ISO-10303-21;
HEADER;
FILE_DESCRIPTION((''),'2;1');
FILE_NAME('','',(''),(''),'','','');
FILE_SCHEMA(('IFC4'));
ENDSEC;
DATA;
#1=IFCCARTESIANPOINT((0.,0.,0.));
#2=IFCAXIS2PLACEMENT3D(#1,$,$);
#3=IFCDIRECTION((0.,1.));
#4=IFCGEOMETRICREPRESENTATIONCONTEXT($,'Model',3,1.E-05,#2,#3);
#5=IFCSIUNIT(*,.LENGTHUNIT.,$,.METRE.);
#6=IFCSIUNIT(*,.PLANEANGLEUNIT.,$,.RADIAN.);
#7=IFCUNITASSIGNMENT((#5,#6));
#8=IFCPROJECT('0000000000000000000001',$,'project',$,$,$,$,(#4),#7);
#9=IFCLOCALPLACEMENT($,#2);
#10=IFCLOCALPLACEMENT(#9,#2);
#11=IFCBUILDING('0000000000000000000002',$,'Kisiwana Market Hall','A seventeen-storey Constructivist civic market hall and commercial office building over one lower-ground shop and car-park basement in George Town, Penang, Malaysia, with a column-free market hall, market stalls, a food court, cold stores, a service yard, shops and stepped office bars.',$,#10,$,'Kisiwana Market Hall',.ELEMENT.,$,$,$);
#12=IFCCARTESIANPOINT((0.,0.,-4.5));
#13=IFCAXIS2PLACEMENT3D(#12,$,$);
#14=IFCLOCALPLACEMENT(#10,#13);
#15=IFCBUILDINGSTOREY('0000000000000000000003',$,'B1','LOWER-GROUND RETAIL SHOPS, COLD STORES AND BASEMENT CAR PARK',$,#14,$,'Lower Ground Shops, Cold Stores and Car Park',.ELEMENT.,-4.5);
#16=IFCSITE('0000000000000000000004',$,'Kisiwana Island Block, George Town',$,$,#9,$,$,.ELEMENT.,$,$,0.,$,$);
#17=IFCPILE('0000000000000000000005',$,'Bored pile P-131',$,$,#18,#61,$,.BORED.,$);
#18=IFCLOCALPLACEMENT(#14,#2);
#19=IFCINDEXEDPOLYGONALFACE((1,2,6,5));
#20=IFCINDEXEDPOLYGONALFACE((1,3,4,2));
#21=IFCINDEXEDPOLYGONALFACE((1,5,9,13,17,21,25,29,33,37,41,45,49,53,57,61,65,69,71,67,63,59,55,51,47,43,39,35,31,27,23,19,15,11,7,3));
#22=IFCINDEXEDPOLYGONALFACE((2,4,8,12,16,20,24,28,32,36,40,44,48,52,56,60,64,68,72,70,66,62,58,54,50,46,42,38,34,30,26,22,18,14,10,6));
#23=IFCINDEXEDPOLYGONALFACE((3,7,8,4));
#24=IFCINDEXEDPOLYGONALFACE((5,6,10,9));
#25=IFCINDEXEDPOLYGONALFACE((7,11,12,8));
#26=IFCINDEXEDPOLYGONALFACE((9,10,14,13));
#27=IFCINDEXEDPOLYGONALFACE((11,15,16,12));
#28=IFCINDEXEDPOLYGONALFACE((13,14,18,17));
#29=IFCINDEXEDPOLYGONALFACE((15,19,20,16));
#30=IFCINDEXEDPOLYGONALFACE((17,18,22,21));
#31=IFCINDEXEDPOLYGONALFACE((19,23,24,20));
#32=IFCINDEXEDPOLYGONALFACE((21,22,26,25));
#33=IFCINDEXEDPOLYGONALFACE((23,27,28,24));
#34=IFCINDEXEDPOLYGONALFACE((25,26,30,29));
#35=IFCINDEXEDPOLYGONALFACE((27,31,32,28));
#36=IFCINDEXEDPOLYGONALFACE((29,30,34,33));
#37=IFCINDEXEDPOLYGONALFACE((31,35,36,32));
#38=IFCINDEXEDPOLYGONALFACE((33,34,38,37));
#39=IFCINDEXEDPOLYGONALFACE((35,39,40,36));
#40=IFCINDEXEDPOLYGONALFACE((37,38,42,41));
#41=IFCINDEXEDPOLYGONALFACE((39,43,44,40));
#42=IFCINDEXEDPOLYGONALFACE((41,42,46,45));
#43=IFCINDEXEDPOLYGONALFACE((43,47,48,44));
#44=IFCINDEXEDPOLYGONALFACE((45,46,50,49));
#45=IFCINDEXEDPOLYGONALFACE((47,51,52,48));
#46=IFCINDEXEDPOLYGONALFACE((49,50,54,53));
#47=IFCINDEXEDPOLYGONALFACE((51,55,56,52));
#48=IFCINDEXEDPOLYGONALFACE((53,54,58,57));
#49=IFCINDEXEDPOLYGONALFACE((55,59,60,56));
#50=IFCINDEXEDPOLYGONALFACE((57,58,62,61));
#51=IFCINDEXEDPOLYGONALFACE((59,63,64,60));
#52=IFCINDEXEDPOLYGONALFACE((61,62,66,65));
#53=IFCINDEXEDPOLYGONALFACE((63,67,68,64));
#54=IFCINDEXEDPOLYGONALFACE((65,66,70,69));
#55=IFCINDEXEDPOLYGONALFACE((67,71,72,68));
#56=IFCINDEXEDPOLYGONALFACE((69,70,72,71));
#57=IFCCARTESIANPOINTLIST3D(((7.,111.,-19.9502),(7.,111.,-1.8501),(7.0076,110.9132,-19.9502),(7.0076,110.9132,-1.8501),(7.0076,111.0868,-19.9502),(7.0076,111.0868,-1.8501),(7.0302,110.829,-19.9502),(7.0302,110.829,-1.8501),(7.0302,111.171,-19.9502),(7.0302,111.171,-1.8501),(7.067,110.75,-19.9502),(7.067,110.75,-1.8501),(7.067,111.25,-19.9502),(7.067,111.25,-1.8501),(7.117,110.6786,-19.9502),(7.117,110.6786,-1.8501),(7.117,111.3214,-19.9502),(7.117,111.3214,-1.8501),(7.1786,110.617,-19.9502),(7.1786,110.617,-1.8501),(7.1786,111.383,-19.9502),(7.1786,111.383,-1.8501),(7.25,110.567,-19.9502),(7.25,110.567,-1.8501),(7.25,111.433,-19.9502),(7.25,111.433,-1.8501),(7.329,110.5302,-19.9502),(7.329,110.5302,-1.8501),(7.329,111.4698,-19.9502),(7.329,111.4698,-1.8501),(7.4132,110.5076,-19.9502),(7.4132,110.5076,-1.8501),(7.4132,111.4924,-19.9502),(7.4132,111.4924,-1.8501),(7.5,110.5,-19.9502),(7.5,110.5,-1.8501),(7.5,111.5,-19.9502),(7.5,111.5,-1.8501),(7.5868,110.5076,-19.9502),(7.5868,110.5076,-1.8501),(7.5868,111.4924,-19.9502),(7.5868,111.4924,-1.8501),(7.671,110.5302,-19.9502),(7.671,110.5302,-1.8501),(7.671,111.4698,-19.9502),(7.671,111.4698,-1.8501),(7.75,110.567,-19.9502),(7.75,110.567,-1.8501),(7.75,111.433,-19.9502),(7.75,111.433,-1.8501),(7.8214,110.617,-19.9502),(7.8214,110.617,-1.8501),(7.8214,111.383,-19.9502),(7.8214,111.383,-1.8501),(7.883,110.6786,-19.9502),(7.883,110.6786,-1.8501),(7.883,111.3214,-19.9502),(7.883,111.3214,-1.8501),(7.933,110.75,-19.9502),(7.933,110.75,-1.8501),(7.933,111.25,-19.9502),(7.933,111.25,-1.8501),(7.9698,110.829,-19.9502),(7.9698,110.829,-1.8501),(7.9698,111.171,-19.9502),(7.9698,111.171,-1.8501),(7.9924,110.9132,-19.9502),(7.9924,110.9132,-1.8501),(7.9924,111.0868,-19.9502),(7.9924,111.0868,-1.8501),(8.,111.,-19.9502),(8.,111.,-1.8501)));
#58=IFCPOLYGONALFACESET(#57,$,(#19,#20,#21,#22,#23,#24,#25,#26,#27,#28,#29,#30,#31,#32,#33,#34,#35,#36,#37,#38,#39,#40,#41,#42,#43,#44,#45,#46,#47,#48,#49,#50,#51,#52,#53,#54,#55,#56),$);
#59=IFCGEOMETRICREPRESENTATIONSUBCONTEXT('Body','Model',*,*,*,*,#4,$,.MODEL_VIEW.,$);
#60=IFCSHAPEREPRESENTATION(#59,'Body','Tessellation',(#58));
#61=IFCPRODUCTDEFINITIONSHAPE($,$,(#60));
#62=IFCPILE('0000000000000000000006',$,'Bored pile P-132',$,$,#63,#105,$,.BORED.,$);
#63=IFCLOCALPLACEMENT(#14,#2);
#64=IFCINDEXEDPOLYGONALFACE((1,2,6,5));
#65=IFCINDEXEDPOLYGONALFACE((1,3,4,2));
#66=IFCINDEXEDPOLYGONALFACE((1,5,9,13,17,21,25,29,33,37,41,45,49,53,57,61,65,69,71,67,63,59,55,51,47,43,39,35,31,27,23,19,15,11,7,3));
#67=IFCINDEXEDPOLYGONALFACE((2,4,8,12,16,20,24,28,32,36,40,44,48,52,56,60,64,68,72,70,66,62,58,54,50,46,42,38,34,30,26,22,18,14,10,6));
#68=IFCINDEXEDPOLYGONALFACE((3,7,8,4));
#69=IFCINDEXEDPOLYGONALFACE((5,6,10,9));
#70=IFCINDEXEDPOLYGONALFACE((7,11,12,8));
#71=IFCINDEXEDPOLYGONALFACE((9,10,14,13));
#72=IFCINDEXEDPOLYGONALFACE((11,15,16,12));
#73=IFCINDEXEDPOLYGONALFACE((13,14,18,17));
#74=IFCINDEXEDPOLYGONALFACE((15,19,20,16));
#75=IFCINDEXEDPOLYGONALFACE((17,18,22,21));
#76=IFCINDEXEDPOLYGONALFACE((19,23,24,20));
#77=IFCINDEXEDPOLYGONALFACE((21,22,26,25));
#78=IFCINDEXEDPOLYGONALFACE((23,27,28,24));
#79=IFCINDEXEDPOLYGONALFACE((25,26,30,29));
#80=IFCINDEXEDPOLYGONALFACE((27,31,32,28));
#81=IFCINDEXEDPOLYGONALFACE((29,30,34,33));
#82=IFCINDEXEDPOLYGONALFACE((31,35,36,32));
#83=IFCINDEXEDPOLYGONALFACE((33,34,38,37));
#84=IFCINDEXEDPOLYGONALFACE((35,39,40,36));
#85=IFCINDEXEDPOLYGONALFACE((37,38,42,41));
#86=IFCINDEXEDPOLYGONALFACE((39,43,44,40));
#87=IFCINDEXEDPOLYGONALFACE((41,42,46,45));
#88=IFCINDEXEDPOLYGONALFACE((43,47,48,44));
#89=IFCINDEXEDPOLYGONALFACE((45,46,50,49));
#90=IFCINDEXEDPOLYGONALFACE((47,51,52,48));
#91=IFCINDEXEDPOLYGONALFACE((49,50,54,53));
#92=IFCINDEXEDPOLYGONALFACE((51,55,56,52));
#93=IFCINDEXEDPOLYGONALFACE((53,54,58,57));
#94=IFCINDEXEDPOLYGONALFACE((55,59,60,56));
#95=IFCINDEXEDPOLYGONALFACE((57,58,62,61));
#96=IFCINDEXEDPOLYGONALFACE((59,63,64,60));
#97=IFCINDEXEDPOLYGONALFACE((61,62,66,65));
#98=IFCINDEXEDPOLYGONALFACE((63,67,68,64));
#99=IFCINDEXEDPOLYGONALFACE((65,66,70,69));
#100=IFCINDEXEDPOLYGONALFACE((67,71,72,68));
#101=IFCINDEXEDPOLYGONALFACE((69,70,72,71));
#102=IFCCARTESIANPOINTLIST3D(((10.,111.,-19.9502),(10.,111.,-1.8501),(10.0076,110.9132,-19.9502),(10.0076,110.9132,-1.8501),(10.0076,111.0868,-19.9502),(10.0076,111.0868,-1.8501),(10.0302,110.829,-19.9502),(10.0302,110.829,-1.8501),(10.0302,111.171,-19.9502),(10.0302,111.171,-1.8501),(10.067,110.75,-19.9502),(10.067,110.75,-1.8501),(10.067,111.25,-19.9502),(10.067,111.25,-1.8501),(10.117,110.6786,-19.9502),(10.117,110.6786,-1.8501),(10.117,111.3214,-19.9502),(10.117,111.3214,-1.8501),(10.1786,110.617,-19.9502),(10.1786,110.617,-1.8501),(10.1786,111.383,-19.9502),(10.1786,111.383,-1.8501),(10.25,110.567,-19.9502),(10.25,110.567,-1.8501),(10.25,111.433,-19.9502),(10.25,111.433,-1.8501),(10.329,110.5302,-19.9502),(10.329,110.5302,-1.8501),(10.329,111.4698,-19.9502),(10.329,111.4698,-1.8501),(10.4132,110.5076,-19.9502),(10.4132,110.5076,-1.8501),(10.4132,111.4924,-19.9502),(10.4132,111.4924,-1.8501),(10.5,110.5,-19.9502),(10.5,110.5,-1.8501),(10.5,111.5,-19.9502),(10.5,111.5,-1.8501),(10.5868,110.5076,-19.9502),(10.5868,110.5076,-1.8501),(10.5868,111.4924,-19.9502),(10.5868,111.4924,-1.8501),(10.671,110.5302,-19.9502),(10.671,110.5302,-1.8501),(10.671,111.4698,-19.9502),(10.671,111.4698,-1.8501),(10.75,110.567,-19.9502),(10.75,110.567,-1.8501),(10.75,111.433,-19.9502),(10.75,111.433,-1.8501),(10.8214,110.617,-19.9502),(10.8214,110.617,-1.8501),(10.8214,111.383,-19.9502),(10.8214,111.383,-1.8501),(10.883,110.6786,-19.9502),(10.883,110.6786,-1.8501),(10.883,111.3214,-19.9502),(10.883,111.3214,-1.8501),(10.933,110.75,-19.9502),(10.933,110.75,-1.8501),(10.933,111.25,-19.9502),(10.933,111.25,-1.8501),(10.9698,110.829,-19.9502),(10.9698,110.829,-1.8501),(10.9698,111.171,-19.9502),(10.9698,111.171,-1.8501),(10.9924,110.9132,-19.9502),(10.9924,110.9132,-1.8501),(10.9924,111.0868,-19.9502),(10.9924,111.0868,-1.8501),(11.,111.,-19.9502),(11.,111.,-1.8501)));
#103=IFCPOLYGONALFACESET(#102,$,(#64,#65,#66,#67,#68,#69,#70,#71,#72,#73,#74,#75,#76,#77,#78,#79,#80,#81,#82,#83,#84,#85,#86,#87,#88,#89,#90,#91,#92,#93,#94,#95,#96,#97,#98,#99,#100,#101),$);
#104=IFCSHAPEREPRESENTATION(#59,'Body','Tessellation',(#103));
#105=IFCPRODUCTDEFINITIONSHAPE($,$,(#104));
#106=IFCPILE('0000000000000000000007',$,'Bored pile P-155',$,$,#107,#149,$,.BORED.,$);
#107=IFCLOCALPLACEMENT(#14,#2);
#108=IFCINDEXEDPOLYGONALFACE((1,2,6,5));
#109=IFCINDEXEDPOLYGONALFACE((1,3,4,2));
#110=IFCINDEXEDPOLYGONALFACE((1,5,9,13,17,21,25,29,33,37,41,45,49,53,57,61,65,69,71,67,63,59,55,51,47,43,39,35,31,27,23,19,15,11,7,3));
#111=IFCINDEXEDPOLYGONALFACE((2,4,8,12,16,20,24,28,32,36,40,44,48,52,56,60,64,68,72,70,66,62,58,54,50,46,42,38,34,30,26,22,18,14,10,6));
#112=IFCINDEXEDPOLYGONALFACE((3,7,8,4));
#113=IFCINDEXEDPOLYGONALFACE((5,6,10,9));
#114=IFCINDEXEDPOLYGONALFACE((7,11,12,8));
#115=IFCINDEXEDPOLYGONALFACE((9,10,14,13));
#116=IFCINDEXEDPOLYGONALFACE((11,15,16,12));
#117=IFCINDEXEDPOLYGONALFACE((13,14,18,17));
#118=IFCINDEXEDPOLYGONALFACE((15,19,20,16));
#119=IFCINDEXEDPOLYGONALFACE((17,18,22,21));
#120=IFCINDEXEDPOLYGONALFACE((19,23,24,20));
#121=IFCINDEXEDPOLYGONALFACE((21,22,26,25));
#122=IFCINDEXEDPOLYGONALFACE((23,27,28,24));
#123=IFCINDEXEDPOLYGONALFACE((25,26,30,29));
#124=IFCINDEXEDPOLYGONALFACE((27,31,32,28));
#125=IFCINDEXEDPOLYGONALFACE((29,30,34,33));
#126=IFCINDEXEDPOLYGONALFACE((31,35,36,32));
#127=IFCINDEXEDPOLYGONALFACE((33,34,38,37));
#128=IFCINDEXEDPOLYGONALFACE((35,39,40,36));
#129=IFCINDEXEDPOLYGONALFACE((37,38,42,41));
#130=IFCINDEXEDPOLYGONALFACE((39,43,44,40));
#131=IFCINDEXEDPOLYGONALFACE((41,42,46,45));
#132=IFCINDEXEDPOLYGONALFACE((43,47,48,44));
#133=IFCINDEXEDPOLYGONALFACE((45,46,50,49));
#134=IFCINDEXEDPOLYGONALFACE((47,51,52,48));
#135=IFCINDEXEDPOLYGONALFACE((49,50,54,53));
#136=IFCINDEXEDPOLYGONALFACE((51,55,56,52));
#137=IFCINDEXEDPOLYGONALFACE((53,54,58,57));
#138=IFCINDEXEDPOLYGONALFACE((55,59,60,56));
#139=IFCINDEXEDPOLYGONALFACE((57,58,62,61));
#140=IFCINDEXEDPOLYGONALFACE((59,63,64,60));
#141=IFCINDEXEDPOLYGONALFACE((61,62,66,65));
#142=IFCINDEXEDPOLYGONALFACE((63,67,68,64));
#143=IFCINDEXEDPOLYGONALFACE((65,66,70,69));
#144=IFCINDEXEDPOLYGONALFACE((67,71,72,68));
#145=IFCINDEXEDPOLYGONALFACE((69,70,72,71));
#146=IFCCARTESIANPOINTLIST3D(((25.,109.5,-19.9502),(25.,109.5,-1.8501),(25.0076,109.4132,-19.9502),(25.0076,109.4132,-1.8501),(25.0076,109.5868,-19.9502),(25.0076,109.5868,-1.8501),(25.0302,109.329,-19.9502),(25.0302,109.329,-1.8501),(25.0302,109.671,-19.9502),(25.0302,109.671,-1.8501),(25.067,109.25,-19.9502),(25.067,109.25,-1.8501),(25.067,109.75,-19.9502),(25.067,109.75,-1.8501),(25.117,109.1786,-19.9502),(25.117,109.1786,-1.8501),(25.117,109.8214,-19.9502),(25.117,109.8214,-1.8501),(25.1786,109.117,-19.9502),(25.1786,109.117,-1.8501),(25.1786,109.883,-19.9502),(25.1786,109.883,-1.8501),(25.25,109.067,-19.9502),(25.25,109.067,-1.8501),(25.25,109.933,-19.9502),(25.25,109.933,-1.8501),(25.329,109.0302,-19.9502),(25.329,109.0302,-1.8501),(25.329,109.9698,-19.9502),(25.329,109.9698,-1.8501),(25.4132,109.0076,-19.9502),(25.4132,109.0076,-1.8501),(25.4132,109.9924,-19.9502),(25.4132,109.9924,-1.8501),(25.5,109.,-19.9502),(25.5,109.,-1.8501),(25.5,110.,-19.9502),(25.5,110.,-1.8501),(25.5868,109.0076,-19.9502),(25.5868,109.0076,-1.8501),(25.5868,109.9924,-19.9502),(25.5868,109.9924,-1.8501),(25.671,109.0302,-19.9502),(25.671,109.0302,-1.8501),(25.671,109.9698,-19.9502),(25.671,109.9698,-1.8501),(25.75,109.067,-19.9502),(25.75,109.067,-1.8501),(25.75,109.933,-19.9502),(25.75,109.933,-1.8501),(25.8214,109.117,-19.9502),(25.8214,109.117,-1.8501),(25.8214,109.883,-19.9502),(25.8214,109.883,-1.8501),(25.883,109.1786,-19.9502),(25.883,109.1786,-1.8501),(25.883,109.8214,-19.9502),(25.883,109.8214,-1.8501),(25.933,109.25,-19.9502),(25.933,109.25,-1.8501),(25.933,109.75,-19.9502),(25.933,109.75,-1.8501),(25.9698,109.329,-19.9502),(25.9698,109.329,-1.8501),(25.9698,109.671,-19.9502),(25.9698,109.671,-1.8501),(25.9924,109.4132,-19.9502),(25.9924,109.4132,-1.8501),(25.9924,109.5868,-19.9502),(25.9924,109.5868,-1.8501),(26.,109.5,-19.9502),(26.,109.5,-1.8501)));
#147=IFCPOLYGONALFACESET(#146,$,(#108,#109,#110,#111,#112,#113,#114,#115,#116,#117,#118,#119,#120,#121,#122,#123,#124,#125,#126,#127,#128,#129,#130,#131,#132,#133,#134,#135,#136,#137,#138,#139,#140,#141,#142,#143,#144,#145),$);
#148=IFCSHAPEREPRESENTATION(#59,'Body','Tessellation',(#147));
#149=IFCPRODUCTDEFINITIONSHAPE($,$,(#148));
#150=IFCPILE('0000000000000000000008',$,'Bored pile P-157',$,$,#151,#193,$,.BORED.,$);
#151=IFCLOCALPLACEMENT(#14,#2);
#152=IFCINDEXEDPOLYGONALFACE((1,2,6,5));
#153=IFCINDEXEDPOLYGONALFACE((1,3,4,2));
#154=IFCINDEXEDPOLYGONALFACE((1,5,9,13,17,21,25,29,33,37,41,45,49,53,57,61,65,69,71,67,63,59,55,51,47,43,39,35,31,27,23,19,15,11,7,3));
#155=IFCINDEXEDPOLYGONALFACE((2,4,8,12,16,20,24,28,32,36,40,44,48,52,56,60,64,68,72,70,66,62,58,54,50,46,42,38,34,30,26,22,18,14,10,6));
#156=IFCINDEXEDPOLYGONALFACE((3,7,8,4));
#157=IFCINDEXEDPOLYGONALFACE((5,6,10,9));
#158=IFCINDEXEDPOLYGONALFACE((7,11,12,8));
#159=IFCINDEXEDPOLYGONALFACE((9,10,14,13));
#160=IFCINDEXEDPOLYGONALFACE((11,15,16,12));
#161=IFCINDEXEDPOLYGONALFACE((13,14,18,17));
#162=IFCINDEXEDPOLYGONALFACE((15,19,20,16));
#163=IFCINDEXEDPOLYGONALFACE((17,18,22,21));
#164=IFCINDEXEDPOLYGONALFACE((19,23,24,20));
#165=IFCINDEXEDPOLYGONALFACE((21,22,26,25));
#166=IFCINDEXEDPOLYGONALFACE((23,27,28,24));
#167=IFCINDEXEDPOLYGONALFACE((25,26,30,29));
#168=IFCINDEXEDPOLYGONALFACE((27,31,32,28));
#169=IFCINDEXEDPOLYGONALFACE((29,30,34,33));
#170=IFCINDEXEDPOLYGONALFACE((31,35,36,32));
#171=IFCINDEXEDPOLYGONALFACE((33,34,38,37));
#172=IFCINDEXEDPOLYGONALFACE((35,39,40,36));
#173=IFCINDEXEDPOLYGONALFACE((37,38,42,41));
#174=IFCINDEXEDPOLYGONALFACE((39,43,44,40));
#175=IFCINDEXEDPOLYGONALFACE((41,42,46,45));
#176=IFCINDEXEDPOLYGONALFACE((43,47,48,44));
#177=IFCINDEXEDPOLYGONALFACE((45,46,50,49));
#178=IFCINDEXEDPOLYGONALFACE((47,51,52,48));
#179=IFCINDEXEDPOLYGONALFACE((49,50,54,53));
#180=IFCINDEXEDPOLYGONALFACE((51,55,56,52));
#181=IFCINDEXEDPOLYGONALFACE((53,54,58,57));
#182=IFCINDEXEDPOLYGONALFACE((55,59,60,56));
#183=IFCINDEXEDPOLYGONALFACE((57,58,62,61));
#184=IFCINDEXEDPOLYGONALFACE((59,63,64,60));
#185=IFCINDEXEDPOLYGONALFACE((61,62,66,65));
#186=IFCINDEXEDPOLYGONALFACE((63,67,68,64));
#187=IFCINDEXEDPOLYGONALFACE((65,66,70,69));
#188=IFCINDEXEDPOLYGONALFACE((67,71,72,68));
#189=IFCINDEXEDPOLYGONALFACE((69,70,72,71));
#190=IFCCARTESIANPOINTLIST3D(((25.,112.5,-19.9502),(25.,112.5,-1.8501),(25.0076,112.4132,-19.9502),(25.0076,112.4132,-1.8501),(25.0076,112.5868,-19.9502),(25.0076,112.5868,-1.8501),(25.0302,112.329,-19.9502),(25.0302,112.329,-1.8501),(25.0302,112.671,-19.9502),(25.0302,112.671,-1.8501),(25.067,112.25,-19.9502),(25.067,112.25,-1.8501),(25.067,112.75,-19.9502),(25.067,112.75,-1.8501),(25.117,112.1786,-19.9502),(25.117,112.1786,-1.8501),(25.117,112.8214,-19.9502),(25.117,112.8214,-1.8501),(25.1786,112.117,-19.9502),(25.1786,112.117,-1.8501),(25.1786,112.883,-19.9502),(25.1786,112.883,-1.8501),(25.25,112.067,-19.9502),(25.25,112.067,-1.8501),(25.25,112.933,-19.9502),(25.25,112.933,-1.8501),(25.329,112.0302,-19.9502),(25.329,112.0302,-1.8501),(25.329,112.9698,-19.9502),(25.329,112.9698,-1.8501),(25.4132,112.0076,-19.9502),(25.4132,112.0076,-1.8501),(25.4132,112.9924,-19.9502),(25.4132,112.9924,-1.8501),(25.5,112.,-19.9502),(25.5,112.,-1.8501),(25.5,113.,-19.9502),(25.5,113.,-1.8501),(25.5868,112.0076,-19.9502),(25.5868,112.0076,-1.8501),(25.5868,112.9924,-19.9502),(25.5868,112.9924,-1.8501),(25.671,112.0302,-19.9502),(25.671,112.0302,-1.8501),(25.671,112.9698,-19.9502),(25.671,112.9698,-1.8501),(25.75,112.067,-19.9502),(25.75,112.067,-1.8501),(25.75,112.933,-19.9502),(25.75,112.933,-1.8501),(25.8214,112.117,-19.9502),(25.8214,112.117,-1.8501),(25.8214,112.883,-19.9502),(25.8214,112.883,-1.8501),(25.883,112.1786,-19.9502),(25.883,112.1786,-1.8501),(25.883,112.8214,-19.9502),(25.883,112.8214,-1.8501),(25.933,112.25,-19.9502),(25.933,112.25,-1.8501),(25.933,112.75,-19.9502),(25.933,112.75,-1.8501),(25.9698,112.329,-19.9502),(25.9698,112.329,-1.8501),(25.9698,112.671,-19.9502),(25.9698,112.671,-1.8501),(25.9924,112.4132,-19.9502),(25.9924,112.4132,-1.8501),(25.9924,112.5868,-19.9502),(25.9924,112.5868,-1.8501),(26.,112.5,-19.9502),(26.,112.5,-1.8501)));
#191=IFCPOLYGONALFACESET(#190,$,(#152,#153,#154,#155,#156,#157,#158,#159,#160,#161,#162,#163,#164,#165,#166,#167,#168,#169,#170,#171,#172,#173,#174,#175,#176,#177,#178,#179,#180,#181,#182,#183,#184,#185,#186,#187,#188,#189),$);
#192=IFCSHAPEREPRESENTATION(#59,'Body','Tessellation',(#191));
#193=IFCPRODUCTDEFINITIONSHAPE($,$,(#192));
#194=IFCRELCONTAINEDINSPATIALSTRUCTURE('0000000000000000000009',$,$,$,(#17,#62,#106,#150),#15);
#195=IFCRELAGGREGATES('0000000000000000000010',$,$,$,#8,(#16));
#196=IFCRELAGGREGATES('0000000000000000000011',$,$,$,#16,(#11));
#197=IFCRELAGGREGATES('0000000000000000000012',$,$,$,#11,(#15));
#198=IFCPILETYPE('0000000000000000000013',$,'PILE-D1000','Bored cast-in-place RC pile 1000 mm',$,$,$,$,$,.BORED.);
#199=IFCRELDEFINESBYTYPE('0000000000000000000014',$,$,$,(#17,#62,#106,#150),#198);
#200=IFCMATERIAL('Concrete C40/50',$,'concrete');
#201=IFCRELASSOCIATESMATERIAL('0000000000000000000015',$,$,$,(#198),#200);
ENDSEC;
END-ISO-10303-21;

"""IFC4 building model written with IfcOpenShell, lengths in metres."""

from ifc_helpers import new_model, si_unit, direction, frame, origin, origin_2d, place, context, subcontext, project, spatial, circle, extrude, material, material_profile, profile_set, type_object, element, save


model = new_model("IFC4")

# Units and contexts
model_context = context("Model", 3, precision=1e-05, world=origin(), true_north=direction((0.0, 1.0)))
body_context = subcontext(model_context, "Body", "Model", "MODEL_VIEW")
ifc_project = project(units=[si_unit("LENGTHUNIT", "METRE"), si_unit("PLANEANGLEUNIT", "RADIAN")], contexts=[model_context])

# Site, building, storey
site_placement = place(None, origin())
site = spatial("IfcSite", under=ifc_project, at=site_placement, Name="Kisiwana Island Block, George Town", CompositionType="ELEMENT", RefElevation=0.0)
building_placement = place(site_placement, origin())
building = spatial("IfcBuilding", under=site, at=building_placement, Name="Kisiwana Market Hall", Description="A seventeen-storey Constructivist civic market hall and commercial office building over one lower-ground shop and car-park basement in George Town, Penang, Malaysia, with a column-free market hall, market stalls, a food court, cold stores, a service yard, shops and stepped office bars.", LongName="Kisiwana Market Hall", CompositionType="ELEMENT")
storey_placement = place(building_placement, frame((0.0, 0.0, -4.5)))
storey = spatial("IfcBuildingStorey", under=building, at=storey_placement, Name="B1", Description="LOWER-GROUND RETAIL SHOPS, COLD STORES AND BASEMENT CAR PARK", LongName="Lower Ground Shops, Cold Stores and Car Park", CompositionType="ELEMENT", Elevation=-4.5)

# Piles
ifc_material_1 = material(Name="Concrete C40/50", Category="concrete")
ifc_material_profile_1 = material_profile(ifc_material_1, circle(Radius=0.5, at=origin_2d()), Name="BP D1000")
ifc_profile_set_1 = profile_set([ifc_material_profile_1], Name="Concrete C40/50")
pile_type_1 = type_object("IfcPileType", Name="PILE-D1000", Description="Bored cast-in-place RC pile 1000 mm", PredefinedType="BORED", material=ifc_profile_set_1)
for number, where, z_axis, x_axis, name in (
    (1, (7.5, 111.0, -1.8501), (0.0, 0.0, -1.0), (1.0, 0.0, 0.0), "Bored pile P-131"),
    (2, (10.5, 111.0, -1.8501), (0.0, 0.0, -1.0), (1.0, 0.0, 0.0), "Bored pile P-132"),
    (3, (25.5, 109.5, -1.8501), (0.0, 0.0, -1.0), (1.0, 0.0, 0.0), "Bored pile P-155"),
    (4, (25.5, 112.5, -1.8501), (0.0, 0.0, -1.0), (1.0, 0.0, 0.0), "Bored pile P-157"),
):
    element("IfcPile", number, at=place(storey_placement, frame(where, z_axis=z_axis, x_axis=x_axis)), inside=storey, type_object=pile_type_1, Name=name, PredefinedType="BORED", context=body_context, shape_type="SweptSolid", body=[
        extrude(circle(Radius=0.5, at=origin_2d()), origin(), (0.0, 0.0, 1.0), 18.1001),
    ])

save(model, "model.ifc")
